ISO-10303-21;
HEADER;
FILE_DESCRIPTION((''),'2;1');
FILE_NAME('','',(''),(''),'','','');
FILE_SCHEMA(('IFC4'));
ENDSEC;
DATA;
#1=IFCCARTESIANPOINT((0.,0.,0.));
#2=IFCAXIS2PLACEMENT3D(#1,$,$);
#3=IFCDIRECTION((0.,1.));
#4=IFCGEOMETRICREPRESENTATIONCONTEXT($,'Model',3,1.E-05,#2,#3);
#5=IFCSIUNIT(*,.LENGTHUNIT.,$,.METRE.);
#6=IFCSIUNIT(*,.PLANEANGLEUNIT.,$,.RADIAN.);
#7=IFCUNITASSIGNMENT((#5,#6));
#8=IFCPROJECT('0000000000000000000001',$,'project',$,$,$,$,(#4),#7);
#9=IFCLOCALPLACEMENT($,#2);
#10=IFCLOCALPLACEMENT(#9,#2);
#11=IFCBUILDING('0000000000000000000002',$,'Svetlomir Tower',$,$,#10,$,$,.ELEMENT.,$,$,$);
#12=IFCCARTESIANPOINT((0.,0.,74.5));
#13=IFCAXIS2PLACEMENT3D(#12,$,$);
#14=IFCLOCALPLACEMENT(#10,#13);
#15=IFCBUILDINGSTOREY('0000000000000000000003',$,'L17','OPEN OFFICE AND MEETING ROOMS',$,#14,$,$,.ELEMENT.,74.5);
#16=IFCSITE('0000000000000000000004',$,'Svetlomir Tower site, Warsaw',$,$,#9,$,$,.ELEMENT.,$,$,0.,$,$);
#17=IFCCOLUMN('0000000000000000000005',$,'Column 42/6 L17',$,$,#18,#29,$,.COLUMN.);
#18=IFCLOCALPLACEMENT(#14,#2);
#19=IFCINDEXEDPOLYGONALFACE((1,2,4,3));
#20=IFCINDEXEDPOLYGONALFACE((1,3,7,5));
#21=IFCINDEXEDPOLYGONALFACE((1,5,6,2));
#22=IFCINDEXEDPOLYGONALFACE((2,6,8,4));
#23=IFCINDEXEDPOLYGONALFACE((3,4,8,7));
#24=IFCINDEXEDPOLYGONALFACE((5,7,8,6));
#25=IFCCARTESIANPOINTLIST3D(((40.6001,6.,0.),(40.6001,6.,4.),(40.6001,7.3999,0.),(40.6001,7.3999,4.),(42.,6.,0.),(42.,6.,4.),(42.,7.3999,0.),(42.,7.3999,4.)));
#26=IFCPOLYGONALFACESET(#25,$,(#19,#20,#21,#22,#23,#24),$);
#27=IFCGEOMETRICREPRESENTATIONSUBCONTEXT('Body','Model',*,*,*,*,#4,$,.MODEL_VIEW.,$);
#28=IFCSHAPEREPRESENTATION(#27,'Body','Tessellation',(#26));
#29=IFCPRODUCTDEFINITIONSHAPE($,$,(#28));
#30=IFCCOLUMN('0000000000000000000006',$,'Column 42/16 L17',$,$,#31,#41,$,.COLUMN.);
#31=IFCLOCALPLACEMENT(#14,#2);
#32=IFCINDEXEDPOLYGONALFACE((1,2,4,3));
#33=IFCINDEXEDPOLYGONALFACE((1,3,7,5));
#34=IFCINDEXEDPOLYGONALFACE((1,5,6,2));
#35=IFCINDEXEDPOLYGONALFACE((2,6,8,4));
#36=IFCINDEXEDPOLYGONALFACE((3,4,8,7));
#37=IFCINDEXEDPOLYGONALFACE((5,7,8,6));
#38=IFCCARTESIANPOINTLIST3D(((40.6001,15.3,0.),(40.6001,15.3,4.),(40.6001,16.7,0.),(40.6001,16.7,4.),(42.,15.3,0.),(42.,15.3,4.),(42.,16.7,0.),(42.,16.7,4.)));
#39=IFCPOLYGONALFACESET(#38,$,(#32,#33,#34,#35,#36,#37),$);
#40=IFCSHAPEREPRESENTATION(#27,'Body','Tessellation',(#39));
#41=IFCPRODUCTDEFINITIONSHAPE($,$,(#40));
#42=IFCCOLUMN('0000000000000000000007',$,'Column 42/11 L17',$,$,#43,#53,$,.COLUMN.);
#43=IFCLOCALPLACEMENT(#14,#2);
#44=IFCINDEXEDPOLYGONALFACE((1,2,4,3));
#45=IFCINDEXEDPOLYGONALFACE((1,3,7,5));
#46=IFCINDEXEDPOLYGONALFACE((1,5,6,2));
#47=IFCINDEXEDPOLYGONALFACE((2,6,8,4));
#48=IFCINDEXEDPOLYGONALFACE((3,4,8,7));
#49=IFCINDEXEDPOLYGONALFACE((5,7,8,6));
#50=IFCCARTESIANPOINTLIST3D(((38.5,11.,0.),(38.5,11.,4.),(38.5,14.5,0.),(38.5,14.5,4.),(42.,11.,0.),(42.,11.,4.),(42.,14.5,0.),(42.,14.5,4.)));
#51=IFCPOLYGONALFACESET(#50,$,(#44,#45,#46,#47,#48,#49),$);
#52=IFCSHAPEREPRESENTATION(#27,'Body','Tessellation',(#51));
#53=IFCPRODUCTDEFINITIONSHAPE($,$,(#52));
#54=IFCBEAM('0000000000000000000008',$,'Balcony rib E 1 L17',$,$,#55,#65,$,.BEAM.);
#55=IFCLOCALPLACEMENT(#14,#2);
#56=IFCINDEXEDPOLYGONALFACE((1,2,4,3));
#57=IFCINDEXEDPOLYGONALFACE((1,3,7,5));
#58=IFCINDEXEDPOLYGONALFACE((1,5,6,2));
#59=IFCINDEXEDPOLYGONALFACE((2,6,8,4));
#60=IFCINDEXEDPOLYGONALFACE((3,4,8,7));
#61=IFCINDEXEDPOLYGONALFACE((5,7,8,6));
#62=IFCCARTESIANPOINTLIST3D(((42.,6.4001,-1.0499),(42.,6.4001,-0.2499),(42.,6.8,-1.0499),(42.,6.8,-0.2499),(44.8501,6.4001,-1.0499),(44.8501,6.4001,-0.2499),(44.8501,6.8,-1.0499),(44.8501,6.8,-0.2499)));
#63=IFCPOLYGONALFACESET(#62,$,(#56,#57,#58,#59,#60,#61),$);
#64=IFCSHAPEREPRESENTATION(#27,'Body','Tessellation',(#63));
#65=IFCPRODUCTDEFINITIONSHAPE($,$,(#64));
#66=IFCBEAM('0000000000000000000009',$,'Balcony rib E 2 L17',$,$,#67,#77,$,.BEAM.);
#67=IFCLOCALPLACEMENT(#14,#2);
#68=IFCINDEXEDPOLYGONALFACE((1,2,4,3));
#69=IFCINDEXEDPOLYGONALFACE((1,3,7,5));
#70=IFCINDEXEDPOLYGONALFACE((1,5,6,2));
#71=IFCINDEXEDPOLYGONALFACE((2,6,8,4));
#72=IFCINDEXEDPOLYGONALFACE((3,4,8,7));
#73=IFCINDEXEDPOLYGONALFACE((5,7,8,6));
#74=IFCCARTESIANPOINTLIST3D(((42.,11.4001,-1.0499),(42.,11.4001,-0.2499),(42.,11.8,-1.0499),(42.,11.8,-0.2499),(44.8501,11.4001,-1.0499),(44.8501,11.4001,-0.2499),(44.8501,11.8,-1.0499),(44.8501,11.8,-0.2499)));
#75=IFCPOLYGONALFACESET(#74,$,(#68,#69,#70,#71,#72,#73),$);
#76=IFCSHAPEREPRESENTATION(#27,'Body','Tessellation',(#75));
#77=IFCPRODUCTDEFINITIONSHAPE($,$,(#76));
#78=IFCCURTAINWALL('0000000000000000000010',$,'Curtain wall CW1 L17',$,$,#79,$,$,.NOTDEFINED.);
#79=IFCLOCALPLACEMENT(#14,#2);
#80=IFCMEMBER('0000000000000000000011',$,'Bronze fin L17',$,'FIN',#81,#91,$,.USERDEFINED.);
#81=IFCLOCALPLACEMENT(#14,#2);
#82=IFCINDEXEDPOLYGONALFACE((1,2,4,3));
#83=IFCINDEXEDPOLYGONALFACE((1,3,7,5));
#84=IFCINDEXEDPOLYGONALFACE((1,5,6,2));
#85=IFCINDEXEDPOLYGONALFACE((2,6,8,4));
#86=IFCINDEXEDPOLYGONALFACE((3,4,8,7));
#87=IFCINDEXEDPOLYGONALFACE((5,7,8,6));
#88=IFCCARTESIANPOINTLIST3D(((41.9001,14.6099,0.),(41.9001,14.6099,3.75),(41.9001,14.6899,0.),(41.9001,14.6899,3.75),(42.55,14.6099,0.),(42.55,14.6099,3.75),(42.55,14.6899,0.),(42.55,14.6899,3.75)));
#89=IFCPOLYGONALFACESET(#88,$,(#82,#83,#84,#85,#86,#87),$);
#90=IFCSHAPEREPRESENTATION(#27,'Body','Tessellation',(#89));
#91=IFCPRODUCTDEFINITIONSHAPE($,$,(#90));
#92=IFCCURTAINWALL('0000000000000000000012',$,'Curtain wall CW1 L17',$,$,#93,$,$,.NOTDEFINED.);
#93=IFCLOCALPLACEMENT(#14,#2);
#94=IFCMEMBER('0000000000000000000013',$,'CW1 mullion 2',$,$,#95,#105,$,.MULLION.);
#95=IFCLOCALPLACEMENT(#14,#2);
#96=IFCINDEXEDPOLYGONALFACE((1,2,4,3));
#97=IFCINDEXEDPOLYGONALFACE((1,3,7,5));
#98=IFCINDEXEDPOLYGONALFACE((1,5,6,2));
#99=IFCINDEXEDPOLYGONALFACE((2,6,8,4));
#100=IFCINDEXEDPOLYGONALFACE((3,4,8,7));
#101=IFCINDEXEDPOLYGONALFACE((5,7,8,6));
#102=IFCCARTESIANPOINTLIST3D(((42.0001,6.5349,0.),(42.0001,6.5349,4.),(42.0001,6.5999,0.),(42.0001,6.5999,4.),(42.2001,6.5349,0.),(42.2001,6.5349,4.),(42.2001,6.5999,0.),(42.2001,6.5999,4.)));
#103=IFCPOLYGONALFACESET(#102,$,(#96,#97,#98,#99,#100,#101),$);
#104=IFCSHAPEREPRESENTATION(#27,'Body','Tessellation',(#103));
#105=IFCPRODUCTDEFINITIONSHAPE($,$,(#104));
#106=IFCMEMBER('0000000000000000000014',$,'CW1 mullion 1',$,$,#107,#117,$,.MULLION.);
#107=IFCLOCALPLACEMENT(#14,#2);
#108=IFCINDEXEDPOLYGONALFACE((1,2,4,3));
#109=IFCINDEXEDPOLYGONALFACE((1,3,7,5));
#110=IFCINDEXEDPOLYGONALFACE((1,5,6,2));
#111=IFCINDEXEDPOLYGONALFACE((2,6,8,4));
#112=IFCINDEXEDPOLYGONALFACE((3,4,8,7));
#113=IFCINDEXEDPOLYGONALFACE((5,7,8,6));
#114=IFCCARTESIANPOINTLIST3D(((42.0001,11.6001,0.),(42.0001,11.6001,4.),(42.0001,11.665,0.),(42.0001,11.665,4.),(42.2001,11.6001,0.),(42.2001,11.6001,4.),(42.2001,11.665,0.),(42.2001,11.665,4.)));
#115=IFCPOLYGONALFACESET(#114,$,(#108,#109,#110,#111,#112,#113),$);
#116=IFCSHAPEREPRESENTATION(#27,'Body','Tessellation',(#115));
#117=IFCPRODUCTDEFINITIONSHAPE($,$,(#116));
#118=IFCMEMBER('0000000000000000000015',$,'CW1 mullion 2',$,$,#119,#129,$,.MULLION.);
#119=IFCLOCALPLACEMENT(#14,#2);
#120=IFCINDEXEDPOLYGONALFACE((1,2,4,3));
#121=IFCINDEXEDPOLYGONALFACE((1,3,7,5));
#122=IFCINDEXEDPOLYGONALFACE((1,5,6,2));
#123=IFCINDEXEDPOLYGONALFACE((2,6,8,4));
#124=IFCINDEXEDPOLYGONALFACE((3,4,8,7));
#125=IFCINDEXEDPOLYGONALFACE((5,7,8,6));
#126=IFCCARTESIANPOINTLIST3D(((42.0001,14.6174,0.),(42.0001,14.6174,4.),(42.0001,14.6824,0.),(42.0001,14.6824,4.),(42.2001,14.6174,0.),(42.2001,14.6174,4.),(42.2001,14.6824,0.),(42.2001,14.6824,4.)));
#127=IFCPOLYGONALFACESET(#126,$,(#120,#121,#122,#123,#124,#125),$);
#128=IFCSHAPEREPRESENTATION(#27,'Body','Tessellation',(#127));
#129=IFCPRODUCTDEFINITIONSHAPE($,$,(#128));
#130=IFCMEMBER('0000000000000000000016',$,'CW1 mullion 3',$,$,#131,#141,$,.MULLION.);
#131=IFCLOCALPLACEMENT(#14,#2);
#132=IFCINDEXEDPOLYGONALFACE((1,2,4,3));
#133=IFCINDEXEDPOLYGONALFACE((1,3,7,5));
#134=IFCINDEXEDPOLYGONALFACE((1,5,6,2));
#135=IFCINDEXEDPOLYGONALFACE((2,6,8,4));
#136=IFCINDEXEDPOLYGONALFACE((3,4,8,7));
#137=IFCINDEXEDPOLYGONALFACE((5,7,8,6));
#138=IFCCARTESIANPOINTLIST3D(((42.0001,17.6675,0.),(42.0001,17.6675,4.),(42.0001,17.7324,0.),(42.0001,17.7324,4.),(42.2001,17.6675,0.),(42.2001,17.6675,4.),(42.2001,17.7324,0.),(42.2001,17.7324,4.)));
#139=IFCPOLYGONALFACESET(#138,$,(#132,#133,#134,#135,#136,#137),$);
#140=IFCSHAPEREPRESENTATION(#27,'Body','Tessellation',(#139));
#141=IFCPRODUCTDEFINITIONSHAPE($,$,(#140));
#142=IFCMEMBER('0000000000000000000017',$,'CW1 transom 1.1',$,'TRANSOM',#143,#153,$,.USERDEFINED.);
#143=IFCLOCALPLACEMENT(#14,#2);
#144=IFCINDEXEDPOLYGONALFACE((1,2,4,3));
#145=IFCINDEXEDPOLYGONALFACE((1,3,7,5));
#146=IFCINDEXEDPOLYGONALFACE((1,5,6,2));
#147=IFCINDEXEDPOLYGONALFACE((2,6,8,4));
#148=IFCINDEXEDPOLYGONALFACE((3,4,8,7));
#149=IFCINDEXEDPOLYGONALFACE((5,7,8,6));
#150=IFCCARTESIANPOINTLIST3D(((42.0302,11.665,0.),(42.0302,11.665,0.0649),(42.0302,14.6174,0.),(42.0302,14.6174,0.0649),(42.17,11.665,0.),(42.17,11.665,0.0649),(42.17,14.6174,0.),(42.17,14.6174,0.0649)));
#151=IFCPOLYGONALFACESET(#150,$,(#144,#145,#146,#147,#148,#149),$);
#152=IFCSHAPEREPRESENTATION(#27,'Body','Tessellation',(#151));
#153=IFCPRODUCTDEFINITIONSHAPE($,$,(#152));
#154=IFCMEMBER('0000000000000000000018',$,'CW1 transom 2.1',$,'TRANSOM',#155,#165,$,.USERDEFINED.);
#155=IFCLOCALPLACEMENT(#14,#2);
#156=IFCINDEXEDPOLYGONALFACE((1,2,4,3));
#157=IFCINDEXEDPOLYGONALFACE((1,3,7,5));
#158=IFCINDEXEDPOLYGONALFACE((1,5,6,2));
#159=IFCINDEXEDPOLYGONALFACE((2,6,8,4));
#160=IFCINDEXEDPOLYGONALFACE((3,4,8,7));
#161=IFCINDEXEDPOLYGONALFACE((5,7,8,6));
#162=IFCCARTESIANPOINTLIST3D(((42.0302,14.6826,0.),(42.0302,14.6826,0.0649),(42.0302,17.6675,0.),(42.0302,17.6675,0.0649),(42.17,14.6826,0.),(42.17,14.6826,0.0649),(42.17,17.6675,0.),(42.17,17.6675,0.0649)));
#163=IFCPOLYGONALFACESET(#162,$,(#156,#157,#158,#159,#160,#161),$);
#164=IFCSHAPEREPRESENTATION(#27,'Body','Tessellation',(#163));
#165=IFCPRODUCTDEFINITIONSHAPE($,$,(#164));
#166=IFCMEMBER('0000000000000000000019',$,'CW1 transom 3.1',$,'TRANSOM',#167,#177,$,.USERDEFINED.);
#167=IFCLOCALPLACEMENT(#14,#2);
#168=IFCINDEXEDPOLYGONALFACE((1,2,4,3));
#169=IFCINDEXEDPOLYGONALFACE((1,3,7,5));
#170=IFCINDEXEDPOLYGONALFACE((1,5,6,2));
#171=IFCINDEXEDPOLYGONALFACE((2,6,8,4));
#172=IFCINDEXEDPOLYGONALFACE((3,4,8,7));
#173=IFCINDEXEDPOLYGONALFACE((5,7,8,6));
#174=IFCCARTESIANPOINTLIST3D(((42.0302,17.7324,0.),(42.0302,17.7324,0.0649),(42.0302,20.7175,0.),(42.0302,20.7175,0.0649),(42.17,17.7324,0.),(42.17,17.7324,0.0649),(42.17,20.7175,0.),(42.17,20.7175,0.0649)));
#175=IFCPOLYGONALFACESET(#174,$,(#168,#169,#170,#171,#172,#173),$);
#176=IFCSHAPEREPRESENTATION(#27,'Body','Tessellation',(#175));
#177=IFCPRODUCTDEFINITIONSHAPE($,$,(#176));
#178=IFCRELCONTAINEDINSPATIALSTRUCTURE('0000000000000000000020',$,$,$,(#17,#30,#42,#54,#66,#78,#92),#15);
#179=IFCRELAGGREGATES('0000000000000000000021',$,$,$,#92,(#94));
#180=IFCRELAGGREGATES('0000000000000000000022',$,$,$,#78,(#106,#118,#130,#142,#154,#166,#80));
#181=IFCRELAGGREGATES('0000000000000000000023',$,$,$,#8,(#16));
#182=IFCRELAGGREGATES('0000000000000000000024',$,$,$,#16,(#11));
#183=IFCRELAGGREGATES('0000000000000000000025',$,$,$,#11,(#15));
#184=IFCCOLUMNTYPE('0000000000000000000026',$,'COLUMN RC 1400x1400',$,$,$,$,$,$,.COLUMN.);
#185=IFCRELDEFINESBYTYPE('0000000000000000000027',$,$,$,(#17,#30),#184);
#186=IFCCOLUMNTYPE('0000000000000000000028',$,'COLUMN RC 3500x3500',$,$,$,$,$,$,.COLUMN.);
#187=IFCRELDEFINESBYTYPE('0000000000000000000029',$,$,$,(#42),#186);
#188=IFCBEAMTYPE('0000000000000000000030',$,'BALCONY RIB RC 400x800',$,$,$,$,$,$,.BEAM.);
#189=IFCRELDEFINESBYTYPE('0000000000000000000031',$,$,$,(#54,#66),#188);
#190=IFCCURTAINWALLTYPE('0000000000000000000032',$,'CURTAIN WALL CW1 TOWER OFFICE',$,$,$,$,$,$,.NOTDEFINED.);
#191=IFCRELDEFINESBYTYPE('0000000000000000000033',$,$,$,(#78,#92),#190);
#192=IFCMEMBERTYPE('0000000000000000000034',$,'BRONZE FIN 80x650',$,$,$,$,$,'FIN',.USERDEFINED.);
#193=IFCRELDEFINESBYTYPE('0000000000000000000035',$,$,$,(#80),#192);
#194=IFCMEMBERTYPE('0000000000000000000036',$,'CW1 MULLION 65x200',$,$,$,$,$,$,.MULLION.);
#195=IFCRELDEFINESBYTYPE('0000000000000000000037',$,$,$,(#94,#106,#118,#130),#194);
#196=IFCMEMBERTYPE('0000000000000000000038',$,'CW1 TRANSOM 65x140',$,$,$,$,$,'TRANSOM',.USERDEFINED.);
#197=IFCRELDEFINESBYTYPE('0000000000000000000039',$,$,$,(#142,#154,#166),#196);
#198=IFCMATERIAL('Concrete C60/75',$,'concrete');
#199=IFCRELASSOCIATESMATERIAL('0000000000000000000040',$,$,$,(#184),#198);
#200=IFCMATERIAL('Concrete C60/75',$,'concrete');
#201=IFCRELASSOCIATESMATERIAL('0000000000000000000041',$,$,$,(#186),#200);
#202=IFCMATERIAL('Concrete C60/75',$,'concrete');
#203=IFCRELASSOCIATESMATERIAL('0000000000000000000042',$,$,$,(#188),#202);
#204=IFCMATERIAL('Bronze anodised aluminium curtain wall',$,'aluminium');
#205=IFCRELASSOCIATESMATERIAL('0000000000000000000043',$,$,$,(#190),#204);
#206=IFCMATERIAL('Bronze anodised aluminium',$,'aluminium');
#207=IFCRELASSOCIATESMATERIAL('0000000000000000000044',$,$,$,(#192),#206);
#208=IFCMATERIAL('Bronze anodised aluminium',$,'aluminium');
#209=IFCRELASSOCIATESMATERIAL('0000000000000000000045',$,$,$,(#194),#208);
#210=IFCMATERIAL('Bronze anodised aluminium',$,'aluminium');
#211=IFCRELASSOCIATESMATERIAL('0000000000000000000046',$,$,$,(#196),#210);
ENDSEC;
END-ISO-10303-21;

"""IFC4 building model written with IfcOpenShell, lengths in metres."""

from ifc_helpers import new_model, si_unit, direction, frame, origin, origin_2d, place, context, subcontext, project, spatial, rectangle, extrude, material, material_profile, profile_set, type_object, element, aggregate, save


model = new_model("IFC4")

# Units and contexts
model_context = context("Model", 3, precision=1e-05, world=origin(), true_north=direction((0.0, 1.0)))
body_context = subcontext(model_context, "Body", "Model", "MODEL_VIEW")
ifc_project = project(units=[si_unit("LENGTHUNIT", "METRE"), si_unit("PLANEANGLEUNIT", "RADIAN")], contexts=[model_context])

# Site, building, storey
site_placement = place(None, origin())
site = spatial("IfcSite", under=ifc_project, at=site_placement, Name="Svetlomir Tower site, Warsaw", CompositionType="ELEMENT", RefElevation=0.0)
building_placement = place(site_placement, origin())
building = spatial("IfcBuilding", under=site, at=building_placement, Name="Svetlomir Tower", CompositionType="ELEMENT")
storey_placement = place(building_placement, frame((0.0, 0.0, 74.5)))
storey = spatial("IfcBuildingStorey", under=building, at=storey_placement, Name="L17", Description="OPEN OFFICE AND MEETING ROOMS", CompositionType="ELEMENT", Elevation=74.5)

# Columns
ifc_material_1 = material(Name="Concrete C60/75", Category="concrete")
ifc_material_profile_1 = material_profile(ifc_material_1, rectangle(XDim=1.3999, YDim=1.3999, at=origin_2d()), Name="RC 1400x1400")
ifc_profile_set_1 = profile_set([ifc_material_profile_1], Name="Concrete C60/75")
column_type_1 = type_object("IfcColumnType", Name="COLUMN RC 1400x1400", PredefinedType="COLUMN", material=ifc_profile_set_1)
for number, where, z_axis, x_axis, name in (
    (1, (41.3, 6.7, 0.0), (0.0, 0.0, 1.0), (1.0, 0.0, 0.0), "Column 42/6 L17"),
    (2, (41.3, 16.0, 0.0), (0.0, 0.0, 1.0), (1.0, 0.0, 0.0), "Column 42/16 L17"),
):
    element("IfcColumn", number, at=place(storey_placement, frame(where, z_axis=z_axis, x_axis=x_axis)), inside=storey, type_object=column_type_1, Name=name, PredefinedType="COLUMN", context=body_context, shape_type="SweptSolid", body=[
        extrude(rectangle(XDim=1.3999, YDim=1.3999, at=origin_2d()), origin(), (0.0, 0.0, 1.0), 4.0),
    ])
ifc_material_2 = material(Name="Concrete C60/75", Category="concrete")
ifc_material_profile_2 = material_profile(ifc_material_2, rectangle(XDim=3.5, YDim=3.5, at=origin_2d()), Name="RC 3500x3500")
ifc_profile_set_2 = profile_set([ifc_material_profile_2], Name="Concrete C60/75")
column_type_2 = type_object("IfcColumnType", Name="COLUMN RC 3500x3500", PredefinedType="COLUMN", material=ifc_profile_set_2)
column_placement = place(storey_placement, frame((40.25, 12.75, 0.0), z_axis=(0.0, 0.0, 1.0), x_axis=(1.0, 0.0, 0.0)))
element("IfcColumn", 3, at=column_placement, inside=storey, type_object=column_type_2, Name="Column 42/11 L17", PredefinedType="COLUMN", context=body_context, shape_type="SweptSolid", body=[
    extrude(rectangle(XDim=3.5, YDim=3.5, at=origin_2d()), origin(), (0.0, 0.0, 1.0), 4.0),
])

# Beams
ifc_material_3 = material(Name="Concrete C60/75", Category="concrete")
ifc_material_profile_3 = material_profile(ifc_material_3, rectangle(XDim=0.3999, YDim=0.8, at=origin_2d()), Name="RC 400x800")
ifc_profile_set_3 = profile_set([ifc_material_profile_3], Name="Concrete C60/75")
beam_type_1 = type_object("IfcBeamType", Name="BALCONY RIB RC 400x800", PredefinedType="BEAM", material=ifc_profile_set_3)
for number, where, z_axis, x_axis, name in (
    (4, (42.0, 6.6001, -0.6499), (1.0, 0.0, 0.0), (0.0, 1.0, 0.0), "Balcony rib E 1 L17"),
    (5, (42.0, 11.6001, -0.6499), (1.0, 0.0, 0.0), (0.0, 1.0, 0.0), "Balcony rib E 2 L17"),
):
    element("IfcBeam", number, at=place(storey_placement, frame(where, z_axis=z_axis, x_axis=x_axis)), inside=storey, type_object=beam_type_1, Name=name, PredefinedType="BEAM", context=body_context, shape_type="SweptSolid", body=[
        extrude(rectangle(XDim=0.3999, YDim=0.8, at=origin_2d()), origin(), (0.0, 0.0, 1.0), 2.8501),
    ])

# Curtain walls, members
ifc_material_4 = material(Name="Bronze anodised aluminium curtain wall", Category="aluminium")
curtain_wall_type = type_object("IfcCurtainWallType", Name="CURTAIN WALL CW1 TOWER OFFICE", PredefinedType="NOTDEFINED", material=ifc_material_4)
curtain_wall_1_placement = place(storey_placement, origin())
curtain_wall_1 = element("IfcCurtainWall", 6, at=curtain_wall_1_placement, inside=storey, type_object=curtain_wall_type, Name="Curtain wall CW1 L17", PredefinedType="NOTDEFINED")
ifc_material_5 = material(Name="Bronze anodised aluminium", Category="aluminium")
ifc_material_profile_4 = material_profile(ifc_material_5, rectangle(XDim=0.0801, YDim=0.6499, at=origin_2d()), Name="FIN 80x650")
ifc_profile_set_4 = profile_set([ifc_material_profile_4], Name="Bronze anodised aluminium 6063-T6")
member_type_1 = type_object("IfcMemberType", Name="BRONZE FIN 80x650", ElementType="FIN", PredefinedType="USERDEFINED", material=ifc_profile_set_4)
member_1_placement = place(storey_placement, frame((42.2251, 14.6499, 0.0), z_axis=(0.0, 0.0, 1.0), x_axis=(0.0, 1.0, 0.0)))
member_1 = element("IfcMember", 7, at=member_1_placement, type_object=member_type_1, Name="Bronze fin L17", ObjectType="FIN", PredefinedType="USERDEFINED", context=body_context, shape_type="SweptSolid", body=[
    extrude(rectangle(XDim=0.0801, YDim=0.6499, at=origin_2d()), origin(), (0.0, 0.0, 1.0), 3.75),
])
curtain_wall_2_placement = place(storey_placement, origin())
curtain_wall_2 = element("IfcCurtainWall", 8, at=curtain_wall_2_placement, inside=storey, type_object=curtain_wall_type, Name="Curtain wall CW1 L17", PredefinedType="NOTDEFINED")
ifc_material_6 = material(Name="Bronze anodised aluminium", Category="aluminium")
ifc_material_profile_5 = material_profile(ifc_material_6, rectangle(XDim=0.0649, YDim=0.2, at=origin_2d()), Name="AL 65x200")
ifc_profile_set_5 = profile_set([ifc_material_profile_5], Name="Bronze anodised aluminium 6063-T6")
member_type_2 = type_object("IfcMemberType", Name="CW1 MULLION 65x200", PredefinedType="MULLION", material=ifc_profile_set_5)
member_2_placement = place(storey_placement, frame((42.1001, 6.5674, 0.0), z_axis=(0.0, 0.0, 1.0), x_axis=(0.0, 1.0, 0.0)))
member_2 = element("IfcMember", 9, at=member_2_placement, type_object=member_type_2, Name="CW1 mullion 2", PredefinedType="MULLION", context=body_context, shape_type="SweptSolid", body=[
    extrude(rectangle(XDim=0.0649, YDim=0.2, at=origin_2d()), origin(), (0.0, 0.0, 1.0), 4.0),
])
aggregate(curtain_wall_2, [member_2])

# Members
member_3_placement = place(storey_placement, frame((42.1001, 11.6326, 0.0), z_axis=(0.0, 0.0, 1.0), x_axis=(0.0, 1.0, 0.0)))
member_3 = element("IfcMember", 10, at=member_3_placement, type_object=member_type_2, Name="CW1 mullion 1", PredefinedType="MULLION", context=body_context, shape_type="SweptSolid", body=[
    extrude(rectangle(XDim=0.0649, YDim=0.2, at=origin_2d()), origin(), (0.0, 0.0, 1.0), 4.0),
])
member_4_placement = place(storey_placement, frame((42.1001, 14.6499, 0.0), z_axis=(0.0, 0.0, 1.0), x_axis=(0.0, 1.0, 0.0)))
member_4 = element("IfcMember", 11, at=member_4_placement, type_object=member_type_2, Name="CW1 mullion 2", PredefinedType="MULLION", context=body_context, shape_type="SweptSolid", body=[
    extrude(rectangle(XDim=0.0649, YDim=0.2, at=origin_2d()), origin(), (0.0, 0.0, 1.0), 4.0),
])
member_5_placement = place(storey_placement, frame((42.1001, 17.7, 0.0), z_axis=(0.0, 0.0, 1.0), x_axis=(0.0, 1.0, 0.0)))
member_5 = element("IfcMember", 12, at=member_5_placement, type_object=member_type_2, Name="CW1 mullion 3", PredefinedType="MULLION", context=body_context, shape_type="SweptSolid", body=[
    extrude(rectangle(XDim=0.0649, YDim=0.2, at=origin_2d()), origin(), (0.0, 0.0, 1.0), 4.0),
])
ifc_material_7 = material(Name="Bronze anodised aluminium", Category="aluminium")
ifc_material_profile_6 = material_profile(ifc_material_7, rectangle(XDim=0.1399, YDim=0.0649, at=origin_2d()), Name="AL 140x65")
ifc_profile_set_6 = profile_set([ifc_material_profile_6], Name="Bronze anodised aluminium 6063-T6")
member_type_3 = type_object("IfcMemberType", Name="CW1 TRANSOM 65x140", ElementType="TRANSOM", PredefinedType="USERDEFINED", material=ifc_profile_set_6)
member_6_placement = place(storey_placement, frame((42.1001, 11.665, 0.0325), z_axis=(0.0, 1.0, 0.0), x_axis=(-1.0, 0.0, 0.0)))
member_6 = element("IfcMember", 13, at=member_6_placement, type_object=member_type_3, Name="CW1 transom 1.1", ObjectType="TRANSOM", PredefinedType="USERDEFINED", context=body_context, shape_type="SweptSolid", body=[
    extrude(rectangle(XDim=0.1399, YDim=0.0649, at=origin_2d()), origin(), (0.0, 0.0, 1.0), 2.9524),
])
member_7_placement = place(storey_placement, frame((42.1001, 14.6826, 0.0325), z_axis=(0.0, 1.0, 0.0), x_axis=(-1.0, 0.0, 0.0)))
member_7 = element("IfcMember", 14, at=member_7_placement, type_object=member_type_3, Name="CW1 transom 2.1", ObjectType="TRANSOM", PredefinedType="USERDEFINED", context=body_context, shape_type="SweptSolid", body=[
    extrude(rectangle(XDim=0.1399, YDim=0.0649, at=origin_2d()), origin(), (0.0, 0.0, 1.0), 2.9849),
])
member_8_placement = place(storey_placement, frame((42.1001, 17.7324, 0.0325), z_axis=(0.0, 1.0, 0.0), x_axis=(-1.0, 0.0, 0.0)))
member_8 = element("IfcMember", 15, at=member_8_placement, type_object=member_type_3, Name="CW1 transom 3.1", ObjectType="TRANSOM", PredefinedType="USERDEFINED", context=body_context, shape_type="SweptSolid", body=[
    extrude(rectangle(XDim=0.1399, YDim=0.0649, at=origin_2d()), origin(), (0.0, 0.0, 1.0), 2.9851),
])

aggregate(curtain_wall_1, [member_3, member_4, member_5, member_6, member_7, member_8, member_1])

save(model, "model.ifc")
